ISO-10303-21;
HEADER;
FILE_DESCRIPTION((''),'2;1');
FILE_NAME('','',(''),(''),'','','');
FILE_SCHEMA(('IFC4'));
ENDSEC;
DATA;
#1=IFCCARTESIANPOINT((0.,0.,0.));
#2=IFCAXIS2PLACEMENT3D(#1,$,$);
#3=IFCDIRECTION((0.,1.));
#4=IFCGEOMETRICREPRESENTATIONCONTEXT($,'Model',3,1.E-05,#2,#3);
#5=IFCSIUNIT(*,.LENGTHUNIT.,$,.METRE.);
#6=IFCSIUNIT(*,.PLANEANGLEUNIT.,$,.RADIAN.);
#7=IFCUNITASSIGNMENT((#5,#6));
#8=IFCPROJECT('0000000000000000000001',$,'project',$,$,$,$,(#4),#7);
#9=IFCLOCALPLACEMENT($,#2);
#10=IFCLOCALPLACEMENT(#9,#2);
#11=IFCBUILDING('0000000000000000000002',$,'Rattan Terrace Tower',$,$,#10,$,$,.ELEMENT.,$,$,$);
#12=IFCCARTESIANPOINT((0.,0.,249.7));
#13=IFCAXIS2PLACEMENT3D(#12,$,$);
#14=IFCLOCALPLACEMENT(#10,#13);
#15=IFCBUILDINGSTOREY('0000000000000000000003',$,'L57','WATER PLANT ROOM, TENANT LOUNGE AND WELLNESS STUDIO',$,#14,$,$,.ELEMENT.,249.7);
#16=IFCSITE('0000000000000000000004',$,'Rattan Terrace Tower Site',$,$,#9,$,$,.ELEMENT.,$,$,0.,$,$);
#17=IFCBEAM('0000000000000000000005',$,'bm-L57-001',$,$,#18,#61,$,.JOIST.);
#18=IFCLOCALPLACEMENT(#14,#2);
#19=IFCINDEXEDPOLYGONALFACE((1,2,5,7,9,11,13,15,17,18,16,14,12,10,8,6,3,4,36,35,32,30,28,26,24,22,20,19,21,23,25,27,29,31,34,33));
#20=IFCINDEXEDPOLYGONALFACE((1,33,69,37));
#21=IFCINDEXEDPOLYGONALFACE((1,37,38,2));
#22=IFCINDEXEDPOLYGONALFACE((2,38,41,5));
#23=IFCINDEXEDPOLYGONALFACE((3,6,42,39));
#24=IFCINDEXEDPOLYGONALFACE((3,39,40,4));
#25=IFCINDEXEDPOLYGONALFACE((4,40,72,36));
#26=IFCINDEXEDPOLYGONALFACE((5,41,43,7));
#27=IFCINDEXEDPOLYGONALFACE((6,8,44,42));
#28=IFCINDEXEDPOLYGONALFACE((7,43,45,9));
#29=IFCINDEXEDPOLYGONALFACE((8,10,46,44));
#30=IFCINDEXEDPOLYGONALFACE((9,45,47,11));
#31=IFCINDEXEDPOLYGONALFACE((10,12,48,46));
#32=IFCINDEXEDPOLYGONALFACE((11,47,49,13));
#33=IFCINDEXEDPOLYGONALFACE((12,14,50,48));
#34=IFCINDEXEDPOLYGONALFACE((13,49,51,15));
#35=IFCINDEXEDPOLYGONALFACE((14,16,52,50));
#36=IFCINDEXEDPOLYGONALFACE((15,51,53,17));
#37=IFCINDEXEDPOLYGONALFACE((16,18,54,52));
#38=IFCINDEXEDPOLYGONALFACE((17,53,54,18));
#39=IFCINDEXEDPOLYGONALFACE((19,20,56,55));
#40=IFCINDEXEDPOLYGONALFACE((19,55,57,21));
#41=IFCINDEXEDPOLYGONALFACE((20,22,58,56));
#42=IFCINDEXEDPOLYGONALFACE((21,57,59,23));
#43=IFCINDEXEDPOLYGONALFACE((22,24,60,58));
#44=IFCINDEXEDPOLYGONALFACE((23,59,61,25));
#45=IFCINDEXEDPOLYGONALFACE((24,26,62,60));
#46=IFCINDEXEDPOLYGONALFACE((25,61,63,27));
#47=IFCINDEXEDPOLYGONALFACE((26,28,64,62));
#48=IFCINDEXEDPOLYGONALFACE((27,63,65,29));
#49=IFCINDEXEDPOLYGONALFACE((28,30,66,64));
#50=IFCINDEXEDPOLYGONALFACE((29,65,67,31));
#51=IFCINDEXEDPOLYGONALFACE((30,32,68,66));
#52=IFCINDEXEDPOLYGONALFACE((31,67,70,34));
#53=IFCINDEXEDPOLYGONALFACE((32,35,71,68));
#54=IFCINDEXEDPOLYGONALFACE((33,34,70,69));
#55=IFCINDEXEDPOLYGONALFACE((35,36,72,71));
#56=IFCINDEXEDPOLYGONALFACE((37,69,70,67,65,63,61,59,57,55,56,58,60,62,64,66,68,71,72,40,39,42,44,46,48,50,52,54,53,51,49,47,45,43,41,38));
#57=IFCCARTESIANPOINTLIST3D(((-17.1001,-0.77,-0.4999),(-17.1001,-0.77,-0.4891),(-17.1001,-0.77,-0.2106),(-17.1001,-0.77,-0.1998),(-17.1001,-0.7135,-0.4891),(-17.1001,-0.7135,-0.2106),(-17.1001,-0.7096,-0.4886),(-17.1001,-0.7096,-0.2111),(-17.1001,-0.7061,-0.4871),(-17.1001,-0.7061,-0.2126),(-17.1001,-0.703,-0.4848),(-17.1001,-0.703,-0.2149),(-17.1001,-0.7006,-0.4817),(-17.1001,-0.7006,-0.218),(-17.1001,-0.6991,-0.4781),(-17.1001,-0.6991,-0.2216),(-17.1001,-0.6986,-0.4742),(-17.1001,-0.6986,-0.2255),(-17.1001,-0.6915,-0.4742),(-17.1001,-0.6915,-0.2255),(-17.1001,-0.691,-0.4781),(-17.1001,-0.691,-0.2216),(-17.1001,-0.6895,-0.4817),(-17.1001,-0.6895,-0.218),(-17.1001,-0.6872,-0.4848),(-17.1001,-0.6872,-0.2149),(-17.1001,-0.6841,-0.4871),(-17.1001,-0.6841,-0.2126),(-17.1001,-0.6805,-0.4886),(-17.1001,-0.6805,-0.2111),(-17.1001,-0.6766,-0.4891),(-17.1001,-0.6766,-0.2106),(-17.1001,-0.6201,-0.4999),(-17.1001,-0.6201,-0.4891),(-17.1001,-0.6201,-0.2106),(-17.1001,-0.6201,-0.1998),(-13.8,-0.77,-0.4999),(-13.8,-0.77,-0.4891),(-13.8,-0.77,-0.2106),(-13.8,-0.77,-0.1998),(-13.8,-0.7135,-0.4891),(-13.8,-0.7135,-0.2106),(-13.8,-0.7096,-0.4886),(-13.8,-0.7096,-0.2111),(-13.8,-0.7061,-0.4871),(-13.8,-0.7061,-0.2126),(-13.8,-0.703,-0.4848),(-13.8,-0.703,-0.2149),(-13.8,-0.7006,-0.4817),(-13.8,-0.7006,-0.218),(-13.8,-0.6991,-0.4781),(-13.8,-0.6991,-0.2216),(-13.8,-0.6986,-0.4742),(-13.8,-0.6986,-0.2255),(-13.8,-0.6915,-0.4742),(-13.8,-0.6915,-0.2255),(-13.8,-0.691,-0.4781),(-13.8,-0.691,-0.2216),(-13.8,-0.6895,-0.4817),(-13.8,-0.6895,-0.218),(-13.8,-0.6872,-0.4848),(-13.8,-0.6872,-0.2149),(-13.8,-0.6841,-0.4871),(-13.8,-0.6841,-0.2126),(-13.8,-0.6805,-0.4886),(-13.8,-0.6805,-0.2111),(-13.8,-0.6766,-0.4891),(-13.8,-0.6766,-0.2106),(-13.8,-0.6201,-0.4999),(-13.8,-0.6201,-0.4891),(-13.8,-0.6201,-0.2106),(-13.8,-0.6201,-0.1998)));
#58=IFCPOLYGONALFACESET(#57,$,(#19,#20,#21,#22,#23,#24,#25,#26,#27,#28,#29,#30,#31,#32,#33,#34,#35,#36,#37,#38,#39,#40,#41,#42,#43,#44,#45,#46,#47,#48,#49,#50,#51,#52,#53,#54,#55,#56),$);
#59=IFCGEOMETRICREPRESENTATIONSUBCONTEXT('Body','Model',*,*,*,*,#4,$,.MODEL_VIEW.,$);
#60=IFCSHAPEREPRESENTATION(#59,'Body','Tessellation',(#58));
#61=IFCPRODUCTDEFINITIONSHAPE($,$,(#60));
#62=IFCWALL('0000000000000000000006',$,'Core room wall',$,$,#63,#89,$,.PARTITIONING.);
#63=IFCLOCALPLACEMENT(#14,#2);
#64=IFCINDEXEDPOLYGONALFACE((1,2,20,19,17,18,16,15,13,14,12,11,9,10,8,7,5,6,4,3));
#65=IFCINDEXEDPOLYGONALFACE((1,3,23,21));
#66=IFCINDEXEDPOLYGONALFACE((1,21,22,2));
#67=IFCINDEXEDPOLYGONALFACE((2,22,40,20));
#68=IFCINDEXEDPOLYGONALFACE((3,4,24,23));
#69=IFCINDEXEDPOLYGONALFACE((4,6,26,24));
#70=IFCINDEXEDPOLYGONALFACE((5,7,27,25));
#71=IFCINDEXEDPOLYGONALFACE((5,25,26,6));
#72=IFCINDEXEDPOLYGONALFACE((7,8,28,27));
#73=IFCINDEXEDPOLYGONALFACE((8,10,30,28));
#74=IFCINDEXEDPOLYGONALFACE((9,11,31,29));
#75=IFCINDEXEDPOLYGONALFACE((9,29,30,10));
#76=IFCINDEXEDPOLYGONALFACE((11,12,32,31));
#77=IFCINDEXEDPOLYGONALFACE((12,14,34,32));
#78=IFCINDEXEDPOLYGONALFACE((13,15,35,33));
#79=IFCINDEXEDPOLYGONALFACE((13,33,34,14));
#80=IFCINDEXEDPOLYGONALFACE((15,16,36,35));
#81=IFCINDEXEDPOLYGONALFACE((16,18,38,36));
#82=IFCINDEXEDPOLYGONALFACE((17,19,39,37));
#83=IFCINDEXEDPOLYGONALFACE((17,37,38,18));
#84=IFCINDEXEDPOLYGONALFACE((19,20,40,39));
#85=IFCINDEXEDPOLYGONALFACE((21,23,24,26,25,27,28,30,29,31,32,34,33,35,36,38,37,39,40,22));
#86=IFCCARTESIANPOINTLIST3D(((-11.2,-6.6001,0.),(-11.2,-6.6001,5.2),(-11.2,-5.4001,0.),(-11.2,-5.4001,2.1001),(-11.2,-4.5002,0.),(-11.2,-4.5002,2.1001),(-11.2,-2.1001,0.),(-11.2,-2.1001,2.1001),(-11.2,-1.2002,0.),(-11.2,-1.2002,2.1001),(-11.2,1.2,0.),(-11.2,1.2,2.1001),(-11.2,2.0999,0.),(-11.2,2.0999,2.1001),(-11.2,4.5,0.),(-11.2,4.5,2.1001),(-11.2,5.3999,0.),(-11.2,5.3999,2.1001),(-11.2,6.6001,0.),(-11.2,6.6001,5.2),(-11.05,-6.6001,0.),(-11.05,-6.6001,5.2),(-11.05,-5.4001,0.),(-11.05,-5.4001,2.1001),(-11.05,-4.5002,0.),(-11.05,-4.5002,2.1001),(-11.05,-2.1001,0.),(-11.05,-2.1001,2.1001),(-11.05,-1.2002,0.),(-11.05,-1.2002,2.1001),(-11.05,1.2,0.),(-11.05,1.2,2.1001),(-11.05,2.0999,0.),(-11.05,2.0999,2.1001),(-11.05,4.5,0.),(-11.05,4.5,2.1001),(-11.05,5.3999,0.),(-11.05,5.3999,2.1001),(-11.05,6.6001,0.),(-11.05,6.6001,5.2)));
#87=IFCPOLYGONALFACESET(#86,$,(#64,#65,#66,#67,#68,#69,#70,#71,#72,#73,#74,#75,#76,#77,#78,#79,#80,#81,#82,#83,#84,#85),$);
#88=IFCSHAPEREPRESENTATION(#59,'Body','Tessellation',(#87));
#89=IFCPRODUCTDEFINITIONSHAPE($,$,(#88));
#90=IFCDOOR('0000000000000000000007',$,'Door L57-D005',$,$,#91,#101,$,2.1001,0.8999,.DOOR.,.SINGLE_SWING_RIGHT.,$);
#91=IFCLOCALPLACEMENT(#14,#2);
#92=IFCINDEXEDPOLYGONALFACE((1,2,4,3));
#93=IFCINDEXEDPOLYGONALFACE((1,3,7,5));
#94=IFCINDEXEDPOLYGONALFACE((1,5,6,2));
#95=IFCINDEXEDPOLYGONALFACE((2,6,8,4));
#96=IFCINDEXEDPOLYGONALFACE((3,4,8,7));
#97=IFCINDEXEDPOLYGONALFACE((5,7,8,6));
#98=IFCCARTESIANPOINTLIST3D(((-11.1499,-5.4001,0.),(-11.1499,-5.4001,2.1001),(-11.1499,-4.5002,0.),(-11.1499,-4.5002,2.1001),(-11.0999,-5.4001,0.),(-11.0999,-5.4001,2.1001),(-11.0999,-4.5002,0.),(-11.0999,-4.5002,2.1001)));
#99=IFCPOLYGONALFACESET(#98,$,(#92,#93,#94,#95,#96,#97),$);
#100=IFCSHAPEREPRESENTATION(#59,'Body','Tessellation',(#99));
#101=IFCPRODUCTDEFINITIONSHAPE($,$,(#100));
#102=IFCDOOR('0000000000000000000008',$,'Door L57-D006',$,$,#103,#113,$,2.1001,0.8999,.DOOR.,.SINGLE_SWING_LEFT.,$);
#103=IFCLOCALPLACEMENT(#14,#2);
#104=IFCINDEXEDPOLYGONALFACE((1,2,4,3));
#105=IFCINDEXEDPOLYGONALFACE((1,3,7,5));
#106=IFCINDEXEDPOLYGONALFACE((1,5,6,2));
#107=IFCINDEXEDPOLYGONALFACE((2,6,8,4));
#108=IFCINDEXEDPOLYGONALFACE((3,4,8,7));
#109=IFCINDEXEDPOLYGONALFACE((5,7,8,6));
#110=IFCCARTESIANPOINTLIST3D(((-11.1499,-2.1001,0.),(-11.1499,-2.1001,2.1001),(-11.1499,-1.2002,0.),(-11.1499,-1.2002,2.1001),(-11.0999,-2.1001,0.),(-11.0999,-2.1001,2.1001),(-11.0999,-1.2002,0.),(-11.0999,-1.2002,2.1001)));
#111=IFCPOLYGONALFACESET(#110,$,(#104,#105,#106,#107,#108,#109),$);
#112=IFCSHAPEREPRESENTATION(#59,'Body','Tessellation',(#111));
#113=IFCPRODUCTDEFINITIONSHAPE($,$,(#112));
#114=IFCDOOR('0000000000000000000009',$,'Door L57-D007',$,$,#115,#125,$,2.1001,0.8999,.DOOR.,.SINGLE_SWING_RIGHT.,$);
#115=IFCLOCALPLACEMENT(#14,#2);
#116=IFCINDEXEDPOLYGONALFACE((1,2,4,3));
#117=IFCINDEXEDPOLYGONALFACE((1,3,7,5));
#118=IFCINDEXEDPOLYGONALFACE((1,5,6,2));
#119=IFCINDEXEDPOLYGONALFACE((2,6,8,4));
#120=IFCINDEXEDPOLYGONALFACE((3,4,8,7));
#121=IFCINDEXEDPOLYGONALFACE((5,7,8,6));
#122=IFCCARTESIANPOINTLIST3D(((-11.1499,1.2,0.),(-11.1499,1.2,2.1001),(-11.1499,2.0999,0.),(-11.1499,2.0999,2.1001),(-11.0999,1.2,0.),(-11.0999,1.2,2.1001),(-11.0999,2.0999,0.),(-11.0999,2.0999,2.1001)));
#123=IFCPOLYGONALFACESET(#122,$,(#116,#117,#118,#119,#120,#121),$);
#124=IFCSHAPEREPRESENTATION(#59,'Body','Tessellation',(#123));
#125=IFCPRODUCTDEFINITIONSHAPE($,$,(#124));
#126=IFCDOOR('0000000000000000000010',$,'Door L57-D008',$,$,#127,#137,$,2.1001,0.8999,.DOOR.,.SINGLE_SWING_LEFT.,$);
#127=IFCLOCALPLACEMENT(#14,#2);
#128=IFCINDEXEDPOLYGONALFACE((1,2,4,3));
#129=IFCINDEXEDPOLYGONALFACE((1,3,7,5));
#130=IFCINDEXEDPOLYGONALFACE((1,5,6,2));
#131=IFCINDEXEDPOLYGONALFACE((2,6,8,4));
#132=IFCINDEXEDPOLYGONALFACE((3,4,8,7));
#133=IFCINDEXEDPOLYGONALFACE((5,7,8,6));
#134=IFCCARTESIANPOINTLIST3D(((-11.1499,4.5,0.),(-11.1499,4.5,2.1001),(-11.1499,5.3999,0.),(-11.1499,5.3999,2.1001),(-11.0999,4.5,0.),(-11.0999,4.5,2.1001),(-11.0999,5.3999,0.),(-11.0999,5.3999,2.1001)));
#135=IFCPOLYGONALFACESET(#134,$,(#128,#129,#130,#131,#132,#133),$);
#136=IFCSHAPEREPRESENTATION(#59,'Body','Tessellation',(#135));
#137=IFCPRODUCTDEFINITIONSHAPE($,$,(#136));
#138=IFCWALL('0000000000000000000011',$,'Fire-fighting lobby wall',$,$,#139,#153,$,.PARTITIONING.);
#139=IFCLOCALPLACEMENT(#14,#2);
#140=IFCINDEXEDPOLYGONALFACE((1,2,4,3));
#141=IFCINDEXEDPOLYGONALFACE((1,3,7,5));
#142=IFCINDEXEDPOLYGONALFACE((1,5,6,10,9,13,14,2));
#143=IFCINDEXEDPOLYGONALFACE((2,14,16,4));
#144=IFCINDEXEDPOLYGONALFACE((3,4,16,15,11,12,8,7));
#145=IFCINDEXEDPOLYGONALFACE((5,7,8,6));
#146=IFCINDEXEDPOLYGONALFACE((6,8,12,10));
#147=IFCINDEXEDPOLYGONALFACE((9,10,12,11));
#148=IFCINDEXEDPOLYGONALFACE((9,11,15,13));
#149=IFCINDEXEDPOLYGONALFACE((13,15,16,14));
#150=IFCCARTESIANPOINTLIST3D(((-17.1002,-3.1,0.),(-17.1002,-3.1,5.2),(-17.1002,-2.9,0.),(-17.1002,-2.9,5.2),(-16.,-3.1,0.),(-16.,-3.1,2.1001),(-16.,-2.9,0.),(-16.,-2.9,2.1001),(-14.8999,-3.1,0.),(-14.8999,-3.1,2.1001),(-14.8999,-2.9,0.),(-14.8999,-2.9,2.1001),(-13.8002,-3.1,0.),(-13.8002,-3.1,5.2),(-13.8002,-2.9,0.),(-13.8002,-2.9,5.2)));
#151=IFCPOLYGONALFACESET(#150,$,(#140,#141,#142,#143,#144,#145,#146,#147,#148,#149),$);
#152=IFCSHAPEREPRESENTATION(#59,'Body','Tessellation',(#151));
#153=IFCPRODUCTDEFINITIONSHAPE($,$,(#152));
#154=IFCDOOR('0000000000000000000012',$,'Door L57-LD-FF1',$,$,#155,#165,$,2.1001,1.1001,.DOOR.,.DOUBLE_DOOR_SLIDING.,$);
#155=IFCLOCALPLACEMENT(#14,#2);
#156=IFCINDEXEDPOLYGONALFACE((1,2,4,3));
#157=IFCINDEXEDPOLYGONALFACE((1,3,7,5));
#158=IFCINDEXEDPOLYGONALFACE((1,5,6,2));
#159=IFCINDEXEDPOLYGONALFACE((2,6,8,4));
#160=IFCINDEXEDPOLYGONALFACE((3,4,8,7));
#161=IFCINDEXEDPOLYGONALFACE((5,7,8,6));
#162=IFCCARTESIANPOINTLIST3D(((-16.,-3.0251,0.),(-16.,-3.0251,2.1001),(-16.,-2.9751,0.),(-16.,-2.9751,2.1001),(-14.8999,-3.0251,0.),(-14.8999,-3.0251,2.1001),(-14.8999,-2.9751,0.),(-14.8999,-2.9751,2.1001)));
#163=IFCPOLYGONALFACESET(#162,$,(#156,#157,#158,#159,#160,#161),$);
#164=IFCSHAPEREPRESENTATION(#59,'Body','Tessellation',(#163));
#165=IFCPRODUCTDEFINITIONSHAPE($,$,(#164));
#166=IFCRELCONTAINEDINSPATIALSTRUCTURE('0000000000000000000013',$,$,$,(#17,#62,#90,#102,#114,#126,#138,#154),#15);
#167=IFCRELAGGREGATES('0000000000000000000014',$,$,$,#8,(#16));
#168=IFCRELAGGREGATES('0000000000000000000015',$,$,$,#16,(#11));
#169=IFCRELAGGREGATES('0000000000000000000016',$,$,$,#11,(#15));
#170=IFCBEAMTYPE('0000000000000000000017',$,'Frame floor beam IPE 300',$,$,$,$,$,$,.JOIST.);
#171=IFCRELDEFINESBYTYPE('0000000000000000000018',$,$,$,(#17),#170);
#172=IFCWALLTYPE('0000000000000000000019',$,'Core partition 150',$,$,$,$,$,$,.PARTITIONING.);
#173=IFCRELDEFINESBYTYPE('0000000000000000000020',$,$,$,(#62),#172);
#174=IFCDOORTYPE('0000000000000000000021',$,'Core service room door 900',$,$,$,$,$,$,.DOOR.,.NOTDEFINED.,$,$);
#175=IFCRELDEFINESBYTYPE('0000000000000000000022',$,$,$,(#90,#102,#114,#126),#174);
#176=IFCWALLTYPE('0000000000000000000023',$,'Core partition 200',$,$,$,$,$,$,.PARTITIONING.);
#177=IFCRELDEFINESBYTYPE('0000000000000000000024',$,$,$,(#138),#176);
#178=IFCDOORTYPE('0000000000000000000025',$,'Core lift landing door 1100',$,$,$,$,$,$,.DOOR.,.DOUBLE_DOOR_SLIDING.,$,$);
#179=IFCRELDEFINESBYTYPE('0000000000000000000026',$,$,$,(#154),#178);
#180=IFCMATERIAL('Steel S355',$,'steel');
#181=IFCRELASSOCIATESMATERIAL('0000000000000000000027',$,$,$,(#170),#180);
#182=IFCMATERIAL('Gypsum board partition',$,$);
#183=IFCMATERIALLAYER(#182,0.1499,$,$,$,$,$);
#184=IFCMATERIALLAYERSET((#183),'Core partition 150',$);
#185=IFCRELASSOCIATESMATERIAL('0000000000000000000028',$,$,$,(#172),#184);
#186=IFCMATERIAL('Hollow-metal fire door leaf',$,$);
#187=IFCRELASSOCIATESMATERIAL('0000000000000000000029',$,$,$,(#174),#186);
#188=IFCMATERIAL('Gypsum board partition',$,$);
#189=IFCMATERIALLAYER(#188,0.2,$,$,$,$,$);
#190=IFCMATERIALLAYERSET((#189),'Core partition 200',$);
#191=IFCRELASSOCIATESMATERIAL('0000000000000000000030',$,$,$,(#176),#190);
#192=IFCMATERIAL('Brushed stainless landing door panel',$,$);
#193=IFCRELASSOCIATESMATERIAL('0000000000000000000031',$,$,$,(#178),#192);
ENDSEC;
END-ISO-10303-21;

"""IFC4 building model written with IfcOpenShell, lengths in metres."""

from ifc_helpers import new_model, si_unit, direction, frame, frame_2d, origin, origin_2d, place, context, subcontext, project, spatial, rectangle, i_section, extrude, material, layer, layer_set, material_profile, profile_set, type_object, element, fill, save


model = new_model("IFC4")

# Units and contexts
model_context = context("Model", 3, precision=1e-05, world=origin(), true_north=direction((0.0, 1.0)))
body_context = subcontext(model_context, "Body", "Model", "MODEL_VIEW")
ifc_project = project(units=[si_unit("LENGTHUNIT", "METRE"), si_unit("PLANEANGLEUNIT", "RADIAN")], contexts=[model_context])

# Site, building, storey
site_placement = place(None, origin())
site = spatial("IfcSite", under=ifc_project, at=site_placement, Name="Rattan Terrace Tower Site", CompositionType="ELEMENT", RefElevation=0.0)
building_placement = place(site_placement, origin())
building = spatial("IfcBuilding", under=site, at=building_placement, Name="Rattan Terrace Tower", CompositionType="ELEMENT")
storey_placement = place(building_placement, frame((0.0, 0.0, 249.7)))
storey = spatial("IfcBuildingStorey", under=building, at=storey_placement, Name="L57", Description="WATER PLANT ROOM, TENANT LOUNGE AND WELLNESS STUDIO", CompositionType="ELEMENT", Elevation=249.7)

# Beam
ifc_material_1 = material(Name="Steel S355", Category="steel")
ifc_material_profile = material_profile(ifc_material_1, i_section(OverallWidth=0.1499, OverallDepth=0.3, WebThickness=0.0071, FlangeThickness=0.0107, FilletRadius=0.0149, at=origin_2d()), Name="IPE 300")
ifc_profile_set = profile_set([ifc_material_profile], Name="Steel S355")
beam_type = type_object("IfcBeamType", Name="Frame floor beam IPE 300", PredefinedType="JOIST", material=ifc_profile_set)
beam_placement = place(storey_placement, frame((-17.1001, -0.6951, -0.3499), z_axis=(1.0, 0.0, 0.0), x_axis=(0.0, 1.0, 0.0)))
element("IfcBeam", 1, at=beam_placement, inside=storey, type_object=beam_type, Name="bm-L57-001", PredefinedType="JOIST", context=body_context, shape_type="SweptSolid", body=[
    extrude(i_section(OverallWidth=0.1499, OverallDepth=0.3, WebThickness=0.0071, FlangeThickness=0.0107, FilletRadius=0.0149, at=origin_2d()), origin(), (0.0, 0.0, 1.0), 3.3),
])

# Wall, openings, doors
ifc_material_2 = material(Name="Gypsum board partition")
ifc_layer_1 = layer(ifc_material_2, 0.1499)
ifc_layer_set_1 = layer_set([ifc_layer_1], Name="Core partition 150")
wall_type_1 = type_object("IfcWallType", Name="Core partition 150", PredefinedType="PARTITIONING", material=ifc_layer_set_1)
wall_1_placement = place(storey_placement, frame((-11.125, -6.6001, 0.0), z_axis=(0.0, 0.0, 1.0), x_axis=(0.0, 1.0, 0.0)))
wall_1 = element("IfcWall", 2, at=wall_1_placement, inside=storey, type_object=wall_type_1, Name="Core room wall", PredefinedType="PARTITIONING", context=body_context, shape_type="SweptSolid", body=[
    extrude(rectangle(XDim=13.2002, YDim=0.1499, at=frame_2d((6.6001, 0.0))), origin(), (0.0, 0.0, 1.0), 5.2),
])
opening_1_placement = place(wall_1_placement, frame((1.2, 0.0, 0.0)))
opening_1 = element("IfcOpeningElement", 3, at=opening_1_placement, cuts=wall_1, PredefinedType="OPENING", context=body_context, shape_type="SweptSolid", body=[
    extrude(rectangle(XDim=0.8999, YDim=2.1001, at=frame_2d((0.45, 1.05))), frame((0.0, 0.0854, 0.0), z_axis=(0.0, -1.0, 0.0), x_axis=(1.0, 0.0, 0.0)), (0.0, 0.0, 1.0), 0.1709),
])
opening_2_placement = place(wall_1_placement, frame((4.5, 0.0, 0.0)))
opening_2 = element("IfcOpeningElement", 4, at=opening_2_placement, cuts=wall_1, PredefinedType="OPENING", context=body_context, shape_type="SweptSolid", body=[
    extrude(rectangle(XDim=0.8999, YDim=2.1001, at=frame_2d((0.45, 1.05))), frame((0.0, 0.0854, 0.0), z_axis=(0.0, -1.0, 0.0), x_axis=(1.0, 0.0, 0.0)), (0.0, 0.0, 1.0), 0.1709),
])
opening_3_placement = place(wall_1_placement, frame((7.8, 0.0, 0.0)))
opening_3 = element("IfcOpeningElement", 5, at=opening_3_placement, cuts=wall_1, PredefinedType="OPENING", context=body_context, shape_type="SweptSolid", body=[
    extrude(rectangle(XDim=0.8999, YDim=2.1001, at=frame_2d((0.45, 1.05))), frame((0.0, 0.0854, 0.0), z_axis=(0.0, -1.0, 0.0), x_axis=(1.0, 0.0, 0.0)), (0.0, 0.0, 1.0), 0.1709),
])
opening_4_placement = place(wall_1_placement, frame((11.1001, 0.0, 0.0)))
opening_4 = element("IfcOpeningElement", 6, at=opening_4_placement, cuts=wall_1, PredefinedType="OPENING", context=body_context, shape_type="SweptSolid", body=[
    extrude(rectangle(XDim=0.8999, YDim=2.1001, at=frame_2d((0.45, 1.05))), frame((0.0, 0.0854, 0.0), z_axis=(0.0, -1.0, 0.0), x_axis=(1.0, 0.0, 0.0)), (0.0, 0.0, 1.0), 0.1709),
])
ifc_material_3 = material(Name="Hollow-metal fire door leaf")
door_type_1 = type_object("IfcDoorType", Name="Core service room door 900", OperationType="NOTDEFINED", PredefinedType="DOOR", material=ifc_material_3)
door_1_placement = place(opening_1_placement, origin())
door_1 = element("IfcDoor", 7, at=door_1_placement, inside=storey, type_object=door_type_1, Name="Door L57-D005", OperationType="SINGLE_SWING_RIGHT", OverallHeight=2.1001, OverallWidth=0.8999, PredefinedType="DOOR", context=body_context, shape_type="SweptSolid", body=[
    extrude(rectangle(XDim=0.8999, YDim=2.1001, at=frame_2d((0.45, 1.05))), frame((0.0, 0.0249, 0.0), z_axis=(0.0, -1.0, 0.0), x_axis=(1.0, 0.0, 0.0)), (0.0, 0.0, 1.0), 0.05),
])
fill(opening_1, door_1)
door_2_placement = place(opening_2_placement, origin())
door_2 = element("IfcDoor", 8, at=door_2_placement, inside=storey, type_object=door_type_1, Name="Door L57-D006", OperationType="SINGLE_SWING_LEFT", OverallHeight=2.1001, OverallWidth=0.8999, PredefinedType="DOOR", context=body_context, shape_type="SweptSolid", body=[
    extrude(rectangle(XDim=0.8999, YDim=2.1001, at=frame_2d((0.45, 1.05))), frame((0.0, 0.0249, 0.0), z_axis=(0.0, -1.0, 0.0), x_axis=(1.0, 0.0, 0.0)), (0.0, 0.0, 1.0), 0.05),
])
fill(opening_2, door_2)
door_3_placement = place(opening_3_placement, origin())
door_3 = element("IfcDoor", 9, at=door_3_placement, inside=storey, type_object=door_type_1, Name="Door L57-D007", OperationType="SINGLE_SWING_RIGHT", OverallHeight=2.1001, OverallWidth=0.8999, PredefinedType="DOOR", context=body_context, shape_type="SweptSolid", body=[
    extrude(rectangle(XDim=0.8999, YDim=2.1001, at=frame_2d((0.45, 1.05))), frame((0.0, 0.0249, 0.0), z_axis=(0.0, -1.0, 0.0), x_axis=(1.0, 0.0, 0.0)), (0.0, 0.0, 1.0), 0.05),
])
fill(opening_3, door_3)
door_4_placement = place(opening_4_placement, origin())
door_4 = element("IfcDoor", 10, at=door_4_placement, inside=storey, type_object=door_type_1, Name="Door L57-D008", OperationType="SINGLE_SWING_LEFT", OverallHeight=2.1001, OverallWidth=0.8999, PredefinedType="DOOR", context=body_context, shape_type="SweptSolid", body=[
    extrude(rectangle(XDim=0.8999, YDim=2.1001, at=frame_2d((0.45, 1.05))), frame((0.0, 0.0249, 0.0), z_axis=(0.0, -1.0, 0.0), x_axis=(1.0, 0.0, 0.0)), (0.0, 0.0, 1.0), 0.05),
])
fill(opening_4, door_4)

# Wall, opening, door
ifc_material_4 = material(Name="Gypsum board partition")
ifc_layer_2 = layer(ifc_material_4, 0.2)
ifc_layer_set_2 = layer_set([ifc_layer_2], Name="Core partition 200")
wall_type_2 = type_object("IfcWallType", Name="Core partition 200", PredefinedType="PARTITIONING", material=ifc_layer_set_2)
wall_2_placement = place(storey_placement, frame((-17.1001, -3.0, 0.0), z_axis=(0.0, 0.0, 1.0), x_axis=(1.0, 0.0, 0.0)))
wall_2 = element("IfcWall", 11, at=wall_2_placement, inside=storey, type_object=wall_type_2, Name="Fire-fighting lobby wall", PredefinedType="PARTITIONING", context=body_context, shape_type="SweptSolid", body=[
    extrude(rectangle(XDim=3.3, YDim=0.2, at=frame_2d((1.6499, 0.0))), origin(), (0.0, 0.0, 1.0), 5.2),
])
opening_5_placement = place(wall_2_placement, frame((1.1001, 0.0, 0.0)))
opening_5 = element("IfcOpeningElement", 12, at=opening_5_placement, cuts=wall_2, PredefinedType="OPENING", context=body_context, shape_type="SweptSolid", body=[
    extrude(rectangle(XDim=1.1001, YDim=2.1001, at=frame_2d((0.55, 1.05))), frame((0.0, 0.1106, 0.0), z_axis=(0.0, -1.0, 0.0), x_axis=(1.0, 0.0, 0.0)), (0.0, 0.0, 1.0), 0.2209),
])
ifc_material_5 = material(Name="Brushed stainless landing door panel")
door_type_2 = type_object("IfcDoorType", Name="Core lift landing door 1100", OperationType="DOUBLE_DOOR_SLIDING", PredefinedType="DOOR", material=ifc_material_5)
door_5_placement = place(opening_5_placement, origin())
door_5 = element("IfcDoor", 13, at=door_5_placement, inside=storey, type_object=door_type_2, Name="Door L57-LD-FF1", OperationType="DOUBLE_DOOR_SLIDING", OverallHeight=2.1001, OverallWidth=1.1001, PredefinedType="DOOR", context=body_context, shape_type="SweptSolid", body=[
    extrude(rectangle(XDim=1.1001, YDim=2.1001, at=frame_2d((0.55, 1.05))), frame((0.0, 0.0249, 0.0), z_axis=(0.0, -1.0, 0.0), x_axis=(1.0, 0.0, 0.0)), (0.0, 0.0, 1.0), 0.05),
])
fill(opening_5, door_5)

save(model, "model.ifc")
